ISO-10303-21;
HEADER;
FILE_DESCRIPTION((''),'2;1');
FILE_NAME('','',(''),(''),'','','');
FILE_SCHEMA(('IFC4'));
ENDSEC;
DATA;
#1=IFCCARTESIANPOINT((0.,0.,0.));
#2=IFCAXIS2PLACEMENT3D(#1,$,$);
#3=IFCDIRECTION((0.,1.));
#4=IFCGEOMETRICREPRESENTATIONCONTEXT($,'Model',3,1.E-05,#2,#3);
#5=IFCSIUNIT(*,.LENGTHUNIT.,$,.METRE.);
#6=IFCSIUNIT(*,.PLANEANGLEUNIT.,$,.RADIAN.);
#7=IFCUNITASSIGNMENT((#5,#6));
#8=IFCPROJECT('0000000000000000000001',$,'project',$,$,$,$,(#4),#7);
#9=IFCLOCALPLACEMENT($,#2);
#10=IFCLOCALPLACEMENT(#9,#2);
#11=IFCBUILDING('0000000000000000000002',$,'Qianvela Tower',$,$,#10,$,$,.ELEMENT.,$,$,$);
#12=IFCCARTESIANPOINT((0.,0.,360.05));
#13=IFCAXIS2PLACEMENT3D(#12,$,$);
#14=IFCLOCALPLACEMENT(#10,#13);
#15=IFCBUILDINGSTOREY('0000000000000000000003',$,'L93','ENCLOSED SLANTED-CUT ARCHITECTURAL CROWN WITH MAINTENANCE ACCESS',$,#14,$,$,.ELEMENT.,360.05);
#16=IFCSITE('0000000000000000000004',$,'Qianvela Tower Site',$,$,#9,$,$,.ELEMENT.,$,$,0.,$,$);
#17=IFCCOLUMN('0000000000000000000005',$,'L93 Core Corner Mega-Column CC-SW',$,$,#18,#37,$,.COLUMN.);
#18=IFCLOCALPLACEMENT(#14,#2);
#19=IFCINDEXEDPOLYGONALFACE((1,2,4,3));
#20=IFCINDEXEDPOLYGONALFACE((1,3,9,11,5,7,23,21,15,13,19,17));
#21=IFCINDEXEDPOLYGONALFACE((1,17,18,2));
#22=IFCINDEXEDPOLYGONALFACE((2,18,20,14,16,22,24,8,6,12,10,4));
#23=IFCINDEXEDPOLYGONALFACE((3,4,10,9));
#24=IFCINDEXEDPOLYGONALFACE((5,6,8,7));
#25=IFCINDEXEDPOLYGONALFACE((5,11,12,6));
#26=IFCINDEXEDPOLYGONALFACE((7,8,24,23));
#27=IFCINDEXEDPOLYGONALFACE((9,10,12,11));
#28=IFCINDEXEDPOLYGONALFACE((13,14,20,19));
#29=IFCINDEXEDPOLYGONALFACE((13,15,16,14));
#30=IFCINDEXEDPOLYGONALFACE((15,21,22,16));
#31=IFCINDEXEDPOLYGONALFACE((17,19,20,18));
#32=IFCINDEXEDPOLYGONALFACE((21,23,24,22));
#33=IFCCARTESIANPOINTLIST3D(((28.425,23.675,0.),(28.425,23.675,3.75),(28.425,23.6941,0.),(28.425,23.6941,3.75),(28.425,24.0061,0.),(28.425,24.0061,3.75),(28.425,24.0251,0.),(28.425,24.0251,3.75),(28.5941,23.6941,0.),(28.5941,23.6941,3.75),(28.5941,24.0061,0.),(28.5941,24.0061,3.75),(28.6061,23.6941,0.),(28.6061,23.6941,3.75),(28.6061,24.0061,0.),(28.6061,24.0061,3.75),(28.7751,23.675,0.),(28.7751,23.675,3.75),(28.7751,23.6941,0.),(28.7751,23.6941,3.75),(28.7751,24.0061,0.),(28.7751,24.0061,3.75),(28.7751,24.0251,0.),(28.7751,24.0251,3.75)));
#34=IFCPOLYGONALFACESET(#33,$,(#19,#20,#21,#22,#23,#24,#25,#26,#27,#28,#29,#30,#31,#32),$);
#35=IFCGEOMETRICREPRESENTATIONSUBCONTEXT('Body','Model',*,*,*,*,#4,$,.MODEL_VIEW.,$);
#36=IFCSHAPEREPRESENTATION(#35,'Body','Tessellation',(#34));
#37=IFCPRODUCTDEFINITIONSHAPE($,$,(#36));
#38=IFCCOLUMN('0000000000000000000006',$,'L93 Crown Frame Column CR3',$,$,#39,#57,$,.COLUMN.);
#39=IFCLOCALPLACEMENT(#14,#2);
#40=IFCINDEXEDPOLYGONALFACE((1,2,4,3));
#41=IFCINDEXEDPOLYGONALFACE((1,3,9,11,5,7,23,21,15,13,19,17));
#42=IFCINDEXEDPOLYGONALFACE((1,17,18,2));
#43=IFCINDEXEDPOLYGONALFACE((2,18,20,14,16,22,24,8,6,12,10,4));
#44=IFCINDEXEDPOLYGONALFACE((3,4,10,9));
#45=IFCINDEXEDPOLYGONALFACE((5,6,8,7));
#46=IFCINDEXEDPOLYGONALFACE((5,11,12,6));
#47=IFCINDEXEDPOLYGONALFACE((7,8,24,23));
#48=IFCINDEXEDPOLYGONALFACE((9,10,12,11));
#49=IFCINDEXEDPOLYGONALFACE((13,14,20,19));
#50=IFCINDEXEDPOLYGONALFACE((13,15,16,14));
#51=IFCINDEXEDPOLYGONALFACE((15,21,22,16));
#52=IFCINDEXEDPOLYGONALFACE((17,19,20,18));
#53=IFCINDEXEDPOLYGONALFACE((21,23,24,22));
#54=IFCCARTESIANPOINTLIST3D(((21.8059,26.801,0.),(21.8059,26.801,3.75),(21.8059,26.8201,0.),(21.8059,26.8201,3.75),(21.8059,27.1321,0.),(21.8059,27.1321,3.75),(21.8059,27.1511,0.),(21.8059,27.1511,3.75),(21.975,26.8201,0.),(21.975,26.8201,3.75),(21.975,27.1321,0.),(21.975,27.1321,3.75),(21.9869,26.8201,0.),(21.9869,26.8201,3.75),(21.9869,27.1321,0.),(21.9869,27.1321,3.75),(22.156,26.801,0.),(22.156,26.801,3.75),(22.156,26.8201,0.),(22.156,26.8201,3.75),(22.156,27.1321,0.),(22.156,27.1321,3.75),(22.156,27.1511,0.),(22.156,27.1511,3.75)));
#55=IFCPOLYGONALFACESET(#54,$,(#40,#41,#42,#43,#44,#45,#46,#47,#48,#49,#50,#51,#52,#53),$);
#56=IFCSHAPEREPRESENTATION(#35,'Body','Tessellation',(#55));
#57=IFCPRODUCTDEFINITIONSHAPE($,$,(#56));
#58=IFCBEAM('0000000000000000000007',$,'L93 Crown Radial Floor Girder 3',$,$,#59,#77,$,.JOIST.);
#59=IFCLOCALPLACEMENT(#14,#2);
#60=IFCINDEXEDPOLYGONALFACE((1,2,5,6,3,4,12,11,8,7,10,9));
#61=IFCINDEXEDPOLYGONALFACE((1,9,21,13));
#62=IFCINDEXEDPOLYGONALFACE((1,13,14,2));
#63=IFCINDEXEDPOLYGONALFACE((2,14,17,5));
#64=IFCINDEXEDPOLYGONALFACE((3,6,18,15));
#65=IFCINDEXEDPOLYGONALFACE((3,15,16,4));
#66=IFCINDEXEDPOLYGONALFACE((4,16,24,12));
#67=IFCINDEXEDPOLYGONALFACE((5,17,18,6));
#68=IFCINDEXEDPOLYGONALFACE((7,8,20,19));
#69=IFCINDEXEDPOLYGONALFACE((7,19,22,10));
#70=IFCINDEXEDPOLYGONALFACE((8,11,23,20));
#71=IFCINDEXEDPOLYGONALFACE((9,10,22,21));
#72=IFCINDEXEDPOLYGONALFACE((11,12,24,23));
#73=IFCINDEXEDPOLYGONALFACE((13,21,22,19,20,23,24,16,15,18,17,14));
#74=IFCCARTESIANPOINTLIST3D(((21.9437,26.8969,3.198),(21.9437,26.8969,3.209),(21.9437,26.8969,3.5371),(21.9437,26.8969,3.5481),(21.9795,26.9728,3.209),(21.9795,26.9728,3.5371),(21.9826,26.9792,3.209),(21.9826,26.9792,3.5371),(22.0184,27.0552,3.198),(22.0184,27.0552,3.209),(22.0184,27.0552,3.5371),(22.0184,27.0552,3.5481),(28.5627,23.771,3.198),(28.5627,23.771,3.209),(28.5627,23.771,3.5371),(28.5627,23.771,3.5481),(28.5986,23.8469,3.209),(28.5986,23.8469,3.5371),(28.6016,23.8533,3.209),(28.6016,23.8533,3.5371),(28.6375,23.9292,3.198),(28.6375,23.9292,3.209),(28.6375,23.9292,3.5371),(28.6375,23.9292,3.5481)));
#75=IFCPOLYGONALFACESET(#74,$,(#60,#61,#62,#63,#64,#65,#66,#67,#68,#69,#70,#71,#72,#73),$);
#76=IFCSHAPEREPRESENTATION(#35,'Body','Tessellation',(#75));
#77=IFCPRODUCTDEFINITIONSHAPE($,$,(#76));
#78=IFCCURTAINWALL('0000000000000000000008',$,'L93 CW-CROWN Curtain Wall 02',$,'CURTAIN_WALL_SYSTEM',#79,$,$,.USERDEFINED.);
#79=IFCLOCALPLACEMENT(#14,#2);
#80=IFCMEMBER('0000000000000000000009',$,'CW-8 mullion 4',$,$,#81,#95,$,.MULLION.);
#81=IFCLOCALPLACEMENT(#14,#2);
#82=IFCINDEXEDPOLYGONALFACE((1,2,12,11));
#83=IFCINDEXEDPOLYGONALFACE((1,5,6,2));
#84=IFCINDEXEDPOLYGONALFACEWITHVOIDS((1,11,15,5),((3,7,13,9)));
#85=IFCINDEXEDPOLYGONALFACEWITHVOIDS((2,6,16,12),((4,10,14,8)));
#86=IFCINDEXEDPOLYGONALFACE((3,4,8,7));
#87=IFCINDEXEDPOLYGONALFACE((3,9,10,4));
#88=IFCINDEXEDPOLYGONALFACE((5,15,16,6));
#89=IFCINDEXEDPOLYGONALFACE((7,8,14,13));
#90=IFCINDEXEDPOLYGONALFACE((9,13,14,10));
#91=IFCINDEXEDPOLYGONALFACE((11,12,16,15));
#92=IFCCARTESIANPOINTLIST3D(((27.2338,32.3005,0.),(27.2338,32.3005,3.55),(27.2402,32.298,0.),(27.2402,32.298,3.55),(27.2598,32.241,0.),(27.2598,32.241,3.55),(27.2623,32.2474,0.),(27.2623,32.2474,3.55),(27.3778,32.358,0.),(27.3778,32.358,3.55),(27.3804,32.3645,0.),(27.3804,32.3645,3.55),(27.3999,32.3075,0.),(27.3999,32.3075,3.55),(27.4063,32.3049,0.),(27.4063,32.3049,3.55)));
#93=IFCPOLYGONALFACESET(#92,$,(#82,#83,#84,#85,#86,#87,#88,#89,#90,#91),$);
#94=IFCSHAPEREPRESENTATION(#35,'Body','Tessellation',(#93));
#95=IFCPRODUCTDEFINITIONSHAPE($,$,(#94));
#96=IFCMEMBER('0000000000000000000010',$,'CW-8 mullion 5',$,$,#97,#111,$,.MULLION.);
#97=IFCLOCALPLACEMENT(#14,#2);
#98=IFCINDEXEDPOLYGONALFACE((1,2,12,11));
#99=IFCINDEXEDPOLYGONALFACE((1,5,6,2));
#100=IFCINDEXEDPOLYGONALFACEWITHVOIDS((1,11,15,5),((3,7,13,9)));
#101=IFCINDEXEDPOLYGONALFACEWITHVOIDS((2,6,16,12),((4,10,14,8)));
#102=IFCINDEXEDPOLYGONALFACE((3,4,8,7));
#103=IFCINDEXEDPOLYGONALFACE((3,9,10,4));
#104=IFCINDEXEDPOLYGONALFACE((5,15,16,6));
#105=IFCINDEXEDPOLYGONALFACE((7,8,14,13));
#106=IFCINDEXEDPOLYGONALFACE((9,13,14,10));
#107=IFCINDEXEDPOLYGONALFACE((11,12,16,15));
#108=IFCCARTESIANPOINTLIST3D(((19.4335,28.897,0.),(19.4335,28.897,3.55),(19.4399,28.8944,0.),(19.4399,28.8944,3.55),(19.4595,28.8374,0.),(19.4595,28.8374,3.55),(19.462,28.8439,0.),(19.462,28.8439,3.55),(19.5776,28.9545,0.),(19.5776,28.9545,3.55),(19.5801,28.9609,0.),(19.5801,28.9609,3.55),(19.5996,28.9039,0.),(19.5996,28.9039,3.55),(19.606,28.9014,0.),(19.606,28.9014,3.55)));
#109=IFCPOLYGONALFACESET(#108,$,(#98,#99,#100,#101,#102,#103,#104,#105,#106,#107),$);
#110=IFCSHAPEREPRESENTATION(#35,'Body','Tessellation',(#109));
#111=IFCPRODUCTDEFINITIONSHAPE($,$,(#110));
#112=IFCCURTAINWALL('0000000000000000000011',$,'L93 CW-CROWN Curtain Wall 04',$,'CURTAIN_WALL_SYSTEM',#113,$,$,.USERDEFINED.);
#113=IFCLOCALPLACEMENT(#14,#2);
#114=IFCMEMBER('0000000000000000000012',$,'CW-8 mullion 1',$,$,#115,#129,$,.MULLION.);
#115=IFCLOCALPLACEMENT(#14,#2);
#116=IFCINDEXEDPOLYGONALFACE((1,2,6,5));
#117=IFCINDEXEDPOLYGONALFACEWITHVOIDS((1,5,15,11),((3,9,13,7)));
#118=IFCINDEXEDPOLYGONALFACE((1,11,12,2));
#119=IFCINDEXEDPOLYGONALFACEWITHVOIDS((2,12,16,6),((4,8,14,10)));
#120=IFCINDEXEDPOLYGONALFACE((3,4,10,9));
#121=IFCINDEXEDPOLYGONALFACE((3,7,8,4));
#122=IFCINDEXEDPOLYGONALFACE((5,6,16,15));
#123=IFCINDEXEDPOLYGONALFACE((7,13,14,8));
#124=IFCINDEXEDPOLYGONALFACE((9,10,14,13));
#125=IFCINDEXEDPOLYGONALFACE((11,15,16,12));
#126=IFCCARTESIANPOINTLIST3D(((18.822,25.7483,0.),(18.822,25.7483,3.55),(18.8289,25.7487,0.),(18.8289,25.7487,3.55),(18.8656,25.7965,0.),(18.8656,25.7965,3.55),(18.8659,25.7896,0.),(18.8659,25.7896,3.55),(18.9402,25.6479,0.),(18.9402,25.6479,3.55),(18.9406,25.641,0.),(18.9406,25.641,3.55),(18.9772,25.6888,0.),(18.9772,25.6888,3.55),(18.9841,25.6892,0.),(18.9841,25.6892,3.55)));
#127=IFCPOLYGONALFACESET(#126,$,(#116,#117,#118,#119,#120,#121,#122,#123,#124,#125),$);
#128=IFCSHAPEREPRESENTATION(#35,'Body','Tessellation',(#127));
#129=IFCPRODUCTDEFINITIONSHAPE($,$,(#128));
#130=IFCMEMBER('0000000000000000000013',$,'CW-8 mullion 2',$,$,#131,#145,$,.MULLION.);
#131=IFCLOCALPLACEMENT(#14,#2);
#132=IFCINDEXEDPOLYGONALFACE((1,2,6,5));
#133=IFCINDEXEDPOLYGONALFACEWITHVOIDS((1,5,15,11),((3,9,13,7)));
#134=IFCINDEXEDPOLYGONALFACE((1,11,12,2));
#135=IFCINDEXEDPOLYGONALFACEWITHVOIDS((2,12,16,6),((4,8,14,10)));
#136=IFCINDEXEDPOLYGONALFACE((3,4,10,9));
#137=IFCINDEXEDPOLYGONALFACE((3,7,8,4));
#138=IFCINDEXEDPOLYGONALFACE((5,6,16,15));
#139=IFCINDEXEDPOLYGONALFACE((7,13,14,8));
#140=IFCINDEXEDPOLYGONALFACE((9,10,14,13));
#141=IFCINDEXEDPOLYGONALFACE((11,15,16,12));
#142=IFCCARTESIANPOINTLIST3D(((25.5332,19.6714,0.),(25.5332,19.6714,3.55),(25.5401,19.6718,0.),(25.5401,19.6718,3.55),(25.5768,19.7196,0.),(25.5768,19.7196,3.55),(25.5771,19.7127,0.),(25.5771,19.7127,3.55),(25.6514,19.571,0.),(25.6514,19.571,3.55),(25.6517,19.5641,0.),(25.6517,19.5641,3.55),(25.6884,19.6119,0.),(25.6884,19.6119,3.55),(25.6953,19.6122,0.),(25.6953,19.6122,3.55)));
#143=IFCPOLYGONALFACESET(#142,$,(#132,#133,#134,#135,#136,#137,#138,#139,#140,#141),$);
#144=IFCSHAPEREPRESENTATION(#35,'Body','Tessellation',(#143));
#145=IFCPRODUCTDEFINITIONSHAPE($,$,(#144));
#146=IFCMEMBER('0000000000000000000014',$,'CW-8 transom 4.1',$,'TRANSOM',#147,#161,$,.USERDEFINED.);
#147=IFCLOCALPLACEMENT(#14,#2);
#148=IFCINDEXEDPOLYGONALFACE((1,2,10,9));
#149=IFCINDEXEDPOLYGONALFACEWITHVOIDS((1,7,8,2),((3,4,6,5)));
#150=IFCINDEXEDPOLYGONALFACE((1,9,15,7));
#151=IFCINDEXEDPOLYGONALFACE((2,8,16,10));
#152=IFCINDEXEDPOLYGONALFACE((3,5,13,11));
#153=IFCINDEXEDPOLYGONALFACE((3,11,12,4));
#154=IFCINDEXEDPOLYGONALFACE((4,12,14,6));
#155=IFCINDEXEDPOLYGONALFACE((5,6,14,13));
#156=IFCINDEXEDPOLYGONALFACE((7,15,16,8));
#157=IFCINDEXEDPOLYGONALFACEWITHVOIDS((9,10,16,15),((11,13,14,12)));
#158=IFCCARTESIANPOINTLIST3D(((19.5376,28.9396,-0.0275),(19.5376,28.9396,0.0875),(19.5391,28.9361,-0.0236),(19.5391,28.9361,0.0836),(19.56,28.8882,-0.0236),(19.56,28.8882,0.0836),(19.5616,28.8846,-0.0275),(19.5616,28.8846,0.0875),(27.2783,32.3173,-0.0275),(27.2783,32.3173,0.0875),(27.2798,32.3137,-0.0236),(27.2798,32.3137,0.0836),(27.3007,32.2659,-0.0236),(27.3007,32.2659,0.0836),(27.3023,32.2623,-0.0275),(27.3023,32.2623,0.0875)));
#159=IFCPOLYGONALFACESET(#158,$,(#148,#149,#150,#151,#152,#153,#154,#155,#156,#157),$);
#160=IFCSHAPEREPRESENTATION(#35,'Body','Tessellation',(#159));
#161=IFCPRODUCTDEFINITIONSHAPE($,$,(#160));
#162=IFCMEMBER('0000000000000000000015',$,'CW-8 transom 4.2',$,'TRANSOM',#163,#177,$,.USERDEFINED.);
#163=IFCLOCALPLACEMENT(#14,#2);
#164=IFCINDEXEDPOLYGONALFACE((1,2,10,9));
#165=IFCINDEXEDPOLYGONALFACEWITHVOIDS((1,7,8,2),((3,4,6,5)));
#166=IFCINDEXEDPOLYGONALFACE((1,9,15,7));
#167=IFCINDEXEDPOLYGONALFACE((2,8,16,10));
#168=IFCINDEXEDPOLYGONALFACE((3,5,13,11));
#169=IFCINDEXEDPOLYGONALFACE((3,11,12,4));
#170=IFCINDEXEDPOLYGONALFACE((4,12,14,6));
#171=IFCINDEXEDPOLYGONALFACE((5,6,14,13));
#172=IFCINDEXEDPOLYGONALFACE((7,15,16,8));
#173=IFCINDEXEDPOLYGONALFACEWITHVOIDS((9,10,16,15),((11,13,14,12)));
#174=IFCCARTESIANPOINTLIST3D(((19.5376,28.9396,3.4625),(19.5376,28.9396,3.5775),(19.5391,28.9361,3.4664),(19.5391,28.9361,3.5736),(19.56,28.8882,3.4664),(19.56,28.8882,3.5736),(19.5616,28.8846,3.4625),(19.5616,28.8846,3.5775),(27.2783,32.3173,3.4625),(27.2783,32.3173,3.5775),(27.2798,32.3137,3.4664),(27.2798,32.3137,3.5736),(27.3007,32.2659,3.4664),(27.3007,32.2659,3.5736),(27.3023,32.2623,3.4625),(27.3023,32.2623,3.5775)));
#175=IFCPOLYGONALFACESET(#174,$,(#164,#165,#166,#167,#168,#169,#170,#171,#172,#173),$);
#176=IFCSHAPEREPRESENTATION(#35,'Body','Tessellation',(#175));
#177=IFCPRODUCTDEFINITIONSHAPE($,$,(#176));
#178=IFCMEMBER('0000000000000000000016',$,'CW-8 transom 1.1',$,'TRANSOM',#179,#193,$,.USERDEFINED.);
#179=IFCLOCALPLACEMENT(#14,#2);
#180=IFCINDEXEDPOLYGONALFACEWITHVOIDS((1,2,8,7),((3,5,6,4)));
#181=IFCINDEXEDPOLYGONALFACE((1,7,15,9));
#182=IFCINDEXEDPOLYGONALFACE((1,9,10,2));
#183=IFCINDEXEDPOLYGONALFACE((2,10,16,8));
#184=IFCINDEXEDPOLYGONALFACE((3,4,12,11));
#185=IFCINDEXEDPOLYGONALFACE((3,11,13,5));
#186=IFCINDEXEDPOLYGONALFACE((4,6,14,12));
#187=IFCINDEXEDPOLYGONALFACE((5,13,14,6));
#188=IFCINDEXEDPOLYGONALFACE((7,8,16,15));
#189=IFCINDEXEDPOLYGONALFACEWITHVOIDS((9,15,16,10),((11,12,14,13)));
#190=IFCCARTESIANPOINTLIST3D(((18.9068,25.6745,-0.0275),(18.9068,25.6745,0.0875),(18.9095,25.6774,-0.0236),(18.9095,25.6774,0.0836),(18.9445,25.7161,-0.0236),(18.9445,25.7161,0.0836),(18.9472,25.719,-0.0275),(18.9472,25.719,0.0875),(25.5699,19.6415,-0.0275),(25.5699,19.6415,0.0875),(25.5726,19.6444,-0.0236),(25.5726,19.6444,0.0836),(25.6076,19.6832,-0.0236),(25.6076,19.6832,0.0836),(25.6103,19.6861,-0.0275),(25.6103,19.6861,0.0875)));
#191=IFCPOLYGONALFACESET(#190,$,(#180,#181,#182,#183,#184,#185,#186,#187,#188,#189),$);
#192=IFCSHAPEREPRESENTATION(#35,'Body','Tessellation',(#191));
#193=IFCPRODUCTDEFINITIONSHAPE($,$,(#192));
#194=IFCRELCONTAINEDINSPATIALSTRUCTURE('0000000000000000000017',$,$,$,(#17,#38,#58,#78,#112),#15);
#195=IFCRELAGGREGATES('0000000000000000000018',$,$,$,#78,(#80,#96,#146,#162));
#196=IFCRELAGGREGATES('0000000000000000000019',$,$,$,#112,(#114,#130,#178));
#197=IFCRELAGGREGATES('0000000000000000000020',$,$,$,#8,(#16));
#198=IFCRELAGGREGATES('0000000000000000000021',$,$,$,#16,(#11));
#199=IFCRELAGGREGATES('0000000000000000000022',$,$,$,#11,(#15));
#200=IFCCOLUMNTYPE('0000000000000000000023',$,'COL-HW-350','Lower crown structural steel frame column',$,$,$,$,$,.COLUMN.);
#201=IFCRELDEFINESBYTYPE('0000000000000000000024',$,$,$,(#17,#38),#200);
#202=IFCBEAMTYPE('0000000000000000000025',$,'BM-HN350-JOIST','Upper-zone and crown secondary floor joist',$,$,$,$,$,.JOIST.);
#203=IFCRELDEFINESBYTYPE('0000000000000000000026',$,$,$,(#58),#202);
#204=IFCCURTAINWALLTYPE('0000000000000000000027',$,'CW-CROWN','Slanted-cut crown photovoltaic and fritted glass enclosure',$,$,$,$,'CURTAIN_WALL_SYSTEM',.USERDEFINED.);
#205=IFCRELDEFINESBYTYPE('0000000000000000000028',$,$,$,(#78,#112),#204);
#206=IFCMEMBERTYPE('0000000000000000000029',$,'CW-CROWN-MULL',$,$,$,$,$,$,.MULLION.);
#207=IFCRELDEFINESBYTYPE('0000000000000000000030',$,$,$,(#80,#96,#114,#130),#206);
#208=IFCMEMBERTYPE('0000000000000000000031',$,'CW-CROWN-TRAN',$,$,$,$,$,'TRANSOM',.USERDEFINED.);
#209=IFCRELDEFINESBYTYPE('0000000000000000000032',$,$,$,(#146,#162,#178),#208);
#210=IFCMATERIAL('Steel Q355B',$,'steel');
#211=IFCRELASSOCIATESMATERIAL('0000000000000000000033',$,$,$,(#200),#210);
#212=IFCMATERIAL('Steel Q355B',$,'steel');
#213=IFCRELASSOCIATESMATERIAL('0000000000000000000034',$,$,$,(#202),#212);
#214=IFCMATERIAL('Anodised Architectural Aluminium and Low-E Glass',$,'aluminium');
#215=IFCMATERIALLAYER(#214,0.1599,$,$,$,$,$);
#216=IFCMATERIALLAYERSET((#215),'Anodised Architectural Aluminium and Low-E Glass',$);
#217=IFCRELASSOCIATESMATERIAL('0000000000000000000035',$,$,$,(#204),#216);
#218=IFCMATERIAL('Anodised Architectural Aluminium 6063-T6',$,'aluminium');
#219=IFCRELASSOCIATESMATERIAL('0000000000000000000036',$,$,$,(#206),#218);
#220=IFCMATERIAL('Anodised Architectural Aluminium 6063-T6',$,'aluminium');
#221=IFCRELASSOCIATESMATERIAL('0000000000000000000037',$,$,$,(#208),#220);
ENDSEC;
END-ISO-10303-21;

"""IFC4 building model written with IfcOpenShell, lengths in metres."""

from ifc_helpers import new_model, si_unit, direction, frame, origin, origin_2d, place, context, subcontext, project, spatial, hollow_rectangle, i_section, extrude, material, layer, layer_set, material_profile, profile_set, type_object, element, aggregate, save


model = new_model("IFC4")

# Units and contexts
model_context = context("Model", 3, precision=1e-05, world=origin(), true_north=direction((0.0, 1.0)))
body_context = subcontext(model_context, "Body", "Model", "MODEL_VIEW")
ifc_project = project(units=[si_unit("LENGTHUNIT", "METRE"), si_unit("PLANEANGLEUNIT", "RADIAN")], contexts=[model_context])

# Site, building, storey
site_placement = place(None, origin())
site = spatial("IfcSite", under=ifc_project, at=site_placement, Name="Qianvela Tower Site", CompositionType="ELEMENT", RefElevation=0.0)
building_placement = place(site_placement, origin())
building = spatial("IfcBuilding", under=site, at=building_placement, Name="Qianvela Tower", CompositionType="ELEMENT")
storey_placement = place(building_placement, frame((0.0, 0.0, 360.05)))
storey = spatial("IfcBuildingStorey", under=building, at=storey_placement, Name="L93", Description="ENCLOSED SLANTED-CUT ARCHITECTURAL CROWN WITH MAINTENANCE ACCESS", CompositionType="ELEMENT", Elevation=360.05)

# Columns
ifc_material_1 = material(Name="Steel Q355B", Category="steel")
ifc_material_profile_1 = material_profile(ifc_material_1, i_section(OverallWidth=0.3501, OverallDepth=0.3501, WebThickness=0.012, FlangeThickness=0.019, at=origin_2d()), Name="HW350x350x12x19")
ifc_profile_set_1 = profile_set([ifc_material_profile_1], Name="Steel Q355B")
column_type = type_object("IfcColumnType", Name="COL-HW-350", Description="Lower crown structural steel frame column", PredefinedType="COLUMN", material=ifc_profile_set_1)
for number, where, z_axis, x_axis, name in (
    (1, (28.6001, 23.8501, 0.0), (0.0, 0.0, 1.0), (1.0, 0.0, 0.0), "L93 Core Corner Mega-Column CC-SW"),
    (2, (21.981, 26.9761, 0.0), (0.0, 0.0, 1.0), (1.0, 0.0, 0.0), "L93 Crown Frame Column CR3"),
):
    element("IfcColumn", number, at=place(storey_placement, frame(where, z_axis=z_axis, x_axis=x_axis)), inside=storey, type_object=column_type, Name=name, PredefinedType="COLUMN", context=body_context, shape_type="SweptSolid", body=[
        extrude(i_section(OverallWidth=0.3501, OverallDepth=0.3501, WebThickness=0.012, FlangeThickness=0.019, at=origin_2d()), origin(), (0.0, 0.0, 1.0), 3.75),
    ])

# Beam
ifc_material_2 = material(Name="Steel Q355B", Category="steel")
ifc_material_profile_2 = material_profile(ifc_material_2, i_section(OverallWidth=0.175, OverallDepth=0.3501, WebThickness=0.0071, FlangeThickness=0.011, at=origin_2d()), Name="HN350x175x7x11")
ifc_profile_set_2 = profile_set([ifc_material_profile_2], Name="Steel Q355B")
beam_type = type_object("IfcBeamType", Name="BM-HN350-JOIST", Description="Upper-zone and crown secondary floor joist", PredefinedType="JOIST", material=ifc_profile_set_2)
beam_placement = place(storey_placement, frame((28.6001, 23.8501, 3.373), z_axis=(-0.904234, 0.427037, 0.0), x_axis=(-0.427037, -0.904234, 0.0)))
element("IfcBeam", 3, at=beam_placement, inside=storey, type_object=beam_type, Name="L93 Crown Radial Floor Girder 3", PredefinedType="JOIST", context=body_context, shape_type="SweptSolid", body=[
    extrude(i_section(OverallWidth=0.175, OverallDepth=0.3501, WebThickness=0.0071, FlangeThickness=0.011, at=origin_2d()), origin(), (0.0, 0.0, 1.0), 7.3201),
])

# Curtain walls, members
ifc_material_3 = material(Name="Anodised Architectural Aluminium and Low-E Glass", Category="aluminium")
ifc_layer_1 = layer(ifc_material_3, 0.1599)
ifc_layer_set_1 = layer_set([ifc_layer_1], Name="Anodised Architectural Aluminium and Low-E Glass")
curtain_wall_type = type_object("IfcCurtainWallType", Name="CW-CROWN", Description="Slanted-cut crown photovoltaic and fritted glass enclosure", ElementType="CURTAIN_WALL_SYSTEM", PredefinedType="USERDEFINED", material=ifc_layer_set_1)
curtain_wall_1_placement = place(storey_placement, origin())
curtain_wall_1 = element("IfcCurtainWall", 4, at=curtain_wall_1_placement, inside=storey, type_object=curtain_wall_type, Name="L93 CW-CROWN Curtain Wall 02", ObjectType="CURTAIN_WALL_SYSTEM", PredefinedType="USERDEFINED")
ifc_material_4 = material(Name="Anodised Architectural Aluminium 6063-T6", Category="aluminium")
ifc_material_profile_3 = material_profile(ifc_material_4, hollow_rectangle(XDim=0.0649, YDim=0.1599, WallThickness=0.0049, at=origin_2d()), Name="ALU-MULL-65x160")
ifc_profile_set_3 = profile_set([ifc_material_profile_3], Name="Anodised Architectural Aluminium 6063-T6")
member_type_1 = type_object("IfcMemberType", Name="CW-CROWN-MULL", PredefinedType="MULLION", material=ifc_profile_set_3)
member_1_placement = place(storey_placement, frame((27.3201, 32.3027, 0.0), z_axis=(0.0, 0.0, 1.0), x_axis=(0.399915, -0.916552, 0.0)))
member_1 = element("IfcMember", 5, at=member_1_placement, type_object=member_type_1, Name="CW-8 mullion 4", PredefinedType="MULLION", context=body_context, shape_type="SweptSolid", body=[
    extrude(hollow_rectangle(XDim=0.0649, YDim=0.1599, WallThickness=0.0049, at=origin_2d()), origin(), (0.0, 0.0, 1.0), 3.55),
])
member_2_placement = place(storey_placement, frame((19.5198, 28.8992, 0.0), z_axis=(0.0, 0.0, 1.0), x_axis=(0.399915, -0.916552, 0.0)))
member_2 = element("IfcMember", 6, at=member_2_placement, type_object=member_type_1, Name="CW-8 mullion 5", PredefinedType="MULLION", context=body_context, shape_type="SweptSolid", body=[
    extrude(hollow_rectangle(XDim=0.0649, YDim=0.1599, WallThickness=0.0049, at=origin_2d()), origin(), (0.0, 0.0, 1.0), 3.55),
])
curtain_wall_2_placement = place(storey_placement, origin())
curtain_wall_2 = element("IfcCurtainWall", 7, at=curtain_wall_2_placement, inside=storey, type_object=curtain_wall_type, Name="L93 CW-CROWN Curtain Wall 04", ObjectType="CURTAIN_WALL_SYSTEM", PredefinedType="USERDEFINED")
member_3_placement = place(storey_placement, frame((18.9031, 25.7188, 0.0), z_axis=(0.0, 0.0, 1.0), x_axis=(0.671201, 0.741275, 0.0)))
member_3 = element("IfcMember", 8, at=member_3_placement, type_object=member_type_1, Name="CW-8 mullion 1", PredefinedType="MULLION", context=body_context, shape_type="SweptSolid", body=[
    extrude(hollow_rectangle(XDim=0.0649, YDim=0.1599, WallThickness=0.0049, at=origin_2d()), origin(), (0.0, 0.0, 1.0), 3.55),
])
member_4_placement = place(storey_placement, frame((25.6143, 19.6418, 0.0), z_axis=(0.0, 0.0, 1.0), x_axis=(0.671201, 0.741275, 0.0)))
member_4 = element("IfcMember", 9, at=member_4_placement, type_object=member_type_1, Name="CW-8 mullion 2", PredefinedType="MULLION", context=body_context, shape_type="SweptSolid", body=[
    extrude(hollow_rectangle(XDim=0.0649, YDim=0.1599, WallThickness=0.0049, at=origin_2d()), origin(), (0.0, 0.0, 1.0), 3.55),
])

# Members
ifc_material_5 = material(Name="Anodised Architectural Aluminium 6063-T6", Category="aluminium")
ifc_material_profile_4 = material_profile(ifc_material_5, hollow_rectangle(XDim=0.0601, YDim=0.115, WallThickness=0.0039, at=origin_2d()), Name="ALU-TRAN-60x115")
ifc_profile_set_4 = profile_set([ifc_material_profile_4], Name="Anodised Architectural Aluminium 6063-T6")
member_type_2 = type_object("IfcMemberType", Name="CW-CROWN-TRAN", ElementType="TRANSOM", PredefinedType="USERDEFINED", material=ifc_profile_set_4)
member_5_placement = place(storey_placement, frame((27.2903, 32.2898, 0.03), z_axis=(-0.916543, -0.399936, 0.0), x_axis=(0.399936, -0.916543, 0.0)))
member_5 = element("IfcMember", 10, at=member_5_placement, type_object=member_type_2, Name="CW-8 transom 4.1", ObjectType="TRANSOM", PredefinedType="USERDEFINED", context=body_context, shape_type="SweptSolid", body=[
    extrude(hollow_rectangle(XDim=0.0601, YDim=0.115, WallThickness=0.0039, at=origin_2d()), origin(), (0.0, 0.0, 1.0), 8.4456),
])
member_6_placement = place(storey_placement, frame((27.2903, 32.2898, 3.52), z_axis=(-0.916543, -0.399936, 0.0), x_axis=(0.399936, -0.916543, 0.0)))
member_6 = element("IfcMember", 11, at=member_6_placement, type_object=member_type_2, Name="CW-8 transom 4.2", ObjectType="TRANSOM", PredefinedType="USERDEFINED", context=body_context, shape_type="SweptSolid", body=[
    extrude(hollow_rectangle(XDim=0.0601, YDim=0.115, WallThickness=0.0039, at=origin_2d()), origin(), (0.0, 0.0, 1.0), 8.4456),
])
member_7_placement = place(storey_placement, frame((18.927, 25.6968, 0.03), z_axis=(0.741289, -0.671186, 0.0), x_axis=(0.671186, 0.741289, 0.0)))
member_7 = element("IfcMember", 12, at=member_7_placement, type_object=member_type_2, Name="CW-8 transom 1.1", ObjectType="TRANSOM", PredefinedType="USERDEFINED", context=body_context, shape_type="SweptSolid", body=[
    extrude(hollow_rectangle(XDim=0.0601, YDim=0.115, WallThickness=0.0039, at=origin_2d()), origin(), (0.0, 0.0, 1.0), 8.9885),
])

aggregate(curtain_wall_1, [member_1, member_2, member_5, member_6])
aggregate(curtain_wall_2, [member_3, member_4, member_7])

save(model, "model.ifc")
